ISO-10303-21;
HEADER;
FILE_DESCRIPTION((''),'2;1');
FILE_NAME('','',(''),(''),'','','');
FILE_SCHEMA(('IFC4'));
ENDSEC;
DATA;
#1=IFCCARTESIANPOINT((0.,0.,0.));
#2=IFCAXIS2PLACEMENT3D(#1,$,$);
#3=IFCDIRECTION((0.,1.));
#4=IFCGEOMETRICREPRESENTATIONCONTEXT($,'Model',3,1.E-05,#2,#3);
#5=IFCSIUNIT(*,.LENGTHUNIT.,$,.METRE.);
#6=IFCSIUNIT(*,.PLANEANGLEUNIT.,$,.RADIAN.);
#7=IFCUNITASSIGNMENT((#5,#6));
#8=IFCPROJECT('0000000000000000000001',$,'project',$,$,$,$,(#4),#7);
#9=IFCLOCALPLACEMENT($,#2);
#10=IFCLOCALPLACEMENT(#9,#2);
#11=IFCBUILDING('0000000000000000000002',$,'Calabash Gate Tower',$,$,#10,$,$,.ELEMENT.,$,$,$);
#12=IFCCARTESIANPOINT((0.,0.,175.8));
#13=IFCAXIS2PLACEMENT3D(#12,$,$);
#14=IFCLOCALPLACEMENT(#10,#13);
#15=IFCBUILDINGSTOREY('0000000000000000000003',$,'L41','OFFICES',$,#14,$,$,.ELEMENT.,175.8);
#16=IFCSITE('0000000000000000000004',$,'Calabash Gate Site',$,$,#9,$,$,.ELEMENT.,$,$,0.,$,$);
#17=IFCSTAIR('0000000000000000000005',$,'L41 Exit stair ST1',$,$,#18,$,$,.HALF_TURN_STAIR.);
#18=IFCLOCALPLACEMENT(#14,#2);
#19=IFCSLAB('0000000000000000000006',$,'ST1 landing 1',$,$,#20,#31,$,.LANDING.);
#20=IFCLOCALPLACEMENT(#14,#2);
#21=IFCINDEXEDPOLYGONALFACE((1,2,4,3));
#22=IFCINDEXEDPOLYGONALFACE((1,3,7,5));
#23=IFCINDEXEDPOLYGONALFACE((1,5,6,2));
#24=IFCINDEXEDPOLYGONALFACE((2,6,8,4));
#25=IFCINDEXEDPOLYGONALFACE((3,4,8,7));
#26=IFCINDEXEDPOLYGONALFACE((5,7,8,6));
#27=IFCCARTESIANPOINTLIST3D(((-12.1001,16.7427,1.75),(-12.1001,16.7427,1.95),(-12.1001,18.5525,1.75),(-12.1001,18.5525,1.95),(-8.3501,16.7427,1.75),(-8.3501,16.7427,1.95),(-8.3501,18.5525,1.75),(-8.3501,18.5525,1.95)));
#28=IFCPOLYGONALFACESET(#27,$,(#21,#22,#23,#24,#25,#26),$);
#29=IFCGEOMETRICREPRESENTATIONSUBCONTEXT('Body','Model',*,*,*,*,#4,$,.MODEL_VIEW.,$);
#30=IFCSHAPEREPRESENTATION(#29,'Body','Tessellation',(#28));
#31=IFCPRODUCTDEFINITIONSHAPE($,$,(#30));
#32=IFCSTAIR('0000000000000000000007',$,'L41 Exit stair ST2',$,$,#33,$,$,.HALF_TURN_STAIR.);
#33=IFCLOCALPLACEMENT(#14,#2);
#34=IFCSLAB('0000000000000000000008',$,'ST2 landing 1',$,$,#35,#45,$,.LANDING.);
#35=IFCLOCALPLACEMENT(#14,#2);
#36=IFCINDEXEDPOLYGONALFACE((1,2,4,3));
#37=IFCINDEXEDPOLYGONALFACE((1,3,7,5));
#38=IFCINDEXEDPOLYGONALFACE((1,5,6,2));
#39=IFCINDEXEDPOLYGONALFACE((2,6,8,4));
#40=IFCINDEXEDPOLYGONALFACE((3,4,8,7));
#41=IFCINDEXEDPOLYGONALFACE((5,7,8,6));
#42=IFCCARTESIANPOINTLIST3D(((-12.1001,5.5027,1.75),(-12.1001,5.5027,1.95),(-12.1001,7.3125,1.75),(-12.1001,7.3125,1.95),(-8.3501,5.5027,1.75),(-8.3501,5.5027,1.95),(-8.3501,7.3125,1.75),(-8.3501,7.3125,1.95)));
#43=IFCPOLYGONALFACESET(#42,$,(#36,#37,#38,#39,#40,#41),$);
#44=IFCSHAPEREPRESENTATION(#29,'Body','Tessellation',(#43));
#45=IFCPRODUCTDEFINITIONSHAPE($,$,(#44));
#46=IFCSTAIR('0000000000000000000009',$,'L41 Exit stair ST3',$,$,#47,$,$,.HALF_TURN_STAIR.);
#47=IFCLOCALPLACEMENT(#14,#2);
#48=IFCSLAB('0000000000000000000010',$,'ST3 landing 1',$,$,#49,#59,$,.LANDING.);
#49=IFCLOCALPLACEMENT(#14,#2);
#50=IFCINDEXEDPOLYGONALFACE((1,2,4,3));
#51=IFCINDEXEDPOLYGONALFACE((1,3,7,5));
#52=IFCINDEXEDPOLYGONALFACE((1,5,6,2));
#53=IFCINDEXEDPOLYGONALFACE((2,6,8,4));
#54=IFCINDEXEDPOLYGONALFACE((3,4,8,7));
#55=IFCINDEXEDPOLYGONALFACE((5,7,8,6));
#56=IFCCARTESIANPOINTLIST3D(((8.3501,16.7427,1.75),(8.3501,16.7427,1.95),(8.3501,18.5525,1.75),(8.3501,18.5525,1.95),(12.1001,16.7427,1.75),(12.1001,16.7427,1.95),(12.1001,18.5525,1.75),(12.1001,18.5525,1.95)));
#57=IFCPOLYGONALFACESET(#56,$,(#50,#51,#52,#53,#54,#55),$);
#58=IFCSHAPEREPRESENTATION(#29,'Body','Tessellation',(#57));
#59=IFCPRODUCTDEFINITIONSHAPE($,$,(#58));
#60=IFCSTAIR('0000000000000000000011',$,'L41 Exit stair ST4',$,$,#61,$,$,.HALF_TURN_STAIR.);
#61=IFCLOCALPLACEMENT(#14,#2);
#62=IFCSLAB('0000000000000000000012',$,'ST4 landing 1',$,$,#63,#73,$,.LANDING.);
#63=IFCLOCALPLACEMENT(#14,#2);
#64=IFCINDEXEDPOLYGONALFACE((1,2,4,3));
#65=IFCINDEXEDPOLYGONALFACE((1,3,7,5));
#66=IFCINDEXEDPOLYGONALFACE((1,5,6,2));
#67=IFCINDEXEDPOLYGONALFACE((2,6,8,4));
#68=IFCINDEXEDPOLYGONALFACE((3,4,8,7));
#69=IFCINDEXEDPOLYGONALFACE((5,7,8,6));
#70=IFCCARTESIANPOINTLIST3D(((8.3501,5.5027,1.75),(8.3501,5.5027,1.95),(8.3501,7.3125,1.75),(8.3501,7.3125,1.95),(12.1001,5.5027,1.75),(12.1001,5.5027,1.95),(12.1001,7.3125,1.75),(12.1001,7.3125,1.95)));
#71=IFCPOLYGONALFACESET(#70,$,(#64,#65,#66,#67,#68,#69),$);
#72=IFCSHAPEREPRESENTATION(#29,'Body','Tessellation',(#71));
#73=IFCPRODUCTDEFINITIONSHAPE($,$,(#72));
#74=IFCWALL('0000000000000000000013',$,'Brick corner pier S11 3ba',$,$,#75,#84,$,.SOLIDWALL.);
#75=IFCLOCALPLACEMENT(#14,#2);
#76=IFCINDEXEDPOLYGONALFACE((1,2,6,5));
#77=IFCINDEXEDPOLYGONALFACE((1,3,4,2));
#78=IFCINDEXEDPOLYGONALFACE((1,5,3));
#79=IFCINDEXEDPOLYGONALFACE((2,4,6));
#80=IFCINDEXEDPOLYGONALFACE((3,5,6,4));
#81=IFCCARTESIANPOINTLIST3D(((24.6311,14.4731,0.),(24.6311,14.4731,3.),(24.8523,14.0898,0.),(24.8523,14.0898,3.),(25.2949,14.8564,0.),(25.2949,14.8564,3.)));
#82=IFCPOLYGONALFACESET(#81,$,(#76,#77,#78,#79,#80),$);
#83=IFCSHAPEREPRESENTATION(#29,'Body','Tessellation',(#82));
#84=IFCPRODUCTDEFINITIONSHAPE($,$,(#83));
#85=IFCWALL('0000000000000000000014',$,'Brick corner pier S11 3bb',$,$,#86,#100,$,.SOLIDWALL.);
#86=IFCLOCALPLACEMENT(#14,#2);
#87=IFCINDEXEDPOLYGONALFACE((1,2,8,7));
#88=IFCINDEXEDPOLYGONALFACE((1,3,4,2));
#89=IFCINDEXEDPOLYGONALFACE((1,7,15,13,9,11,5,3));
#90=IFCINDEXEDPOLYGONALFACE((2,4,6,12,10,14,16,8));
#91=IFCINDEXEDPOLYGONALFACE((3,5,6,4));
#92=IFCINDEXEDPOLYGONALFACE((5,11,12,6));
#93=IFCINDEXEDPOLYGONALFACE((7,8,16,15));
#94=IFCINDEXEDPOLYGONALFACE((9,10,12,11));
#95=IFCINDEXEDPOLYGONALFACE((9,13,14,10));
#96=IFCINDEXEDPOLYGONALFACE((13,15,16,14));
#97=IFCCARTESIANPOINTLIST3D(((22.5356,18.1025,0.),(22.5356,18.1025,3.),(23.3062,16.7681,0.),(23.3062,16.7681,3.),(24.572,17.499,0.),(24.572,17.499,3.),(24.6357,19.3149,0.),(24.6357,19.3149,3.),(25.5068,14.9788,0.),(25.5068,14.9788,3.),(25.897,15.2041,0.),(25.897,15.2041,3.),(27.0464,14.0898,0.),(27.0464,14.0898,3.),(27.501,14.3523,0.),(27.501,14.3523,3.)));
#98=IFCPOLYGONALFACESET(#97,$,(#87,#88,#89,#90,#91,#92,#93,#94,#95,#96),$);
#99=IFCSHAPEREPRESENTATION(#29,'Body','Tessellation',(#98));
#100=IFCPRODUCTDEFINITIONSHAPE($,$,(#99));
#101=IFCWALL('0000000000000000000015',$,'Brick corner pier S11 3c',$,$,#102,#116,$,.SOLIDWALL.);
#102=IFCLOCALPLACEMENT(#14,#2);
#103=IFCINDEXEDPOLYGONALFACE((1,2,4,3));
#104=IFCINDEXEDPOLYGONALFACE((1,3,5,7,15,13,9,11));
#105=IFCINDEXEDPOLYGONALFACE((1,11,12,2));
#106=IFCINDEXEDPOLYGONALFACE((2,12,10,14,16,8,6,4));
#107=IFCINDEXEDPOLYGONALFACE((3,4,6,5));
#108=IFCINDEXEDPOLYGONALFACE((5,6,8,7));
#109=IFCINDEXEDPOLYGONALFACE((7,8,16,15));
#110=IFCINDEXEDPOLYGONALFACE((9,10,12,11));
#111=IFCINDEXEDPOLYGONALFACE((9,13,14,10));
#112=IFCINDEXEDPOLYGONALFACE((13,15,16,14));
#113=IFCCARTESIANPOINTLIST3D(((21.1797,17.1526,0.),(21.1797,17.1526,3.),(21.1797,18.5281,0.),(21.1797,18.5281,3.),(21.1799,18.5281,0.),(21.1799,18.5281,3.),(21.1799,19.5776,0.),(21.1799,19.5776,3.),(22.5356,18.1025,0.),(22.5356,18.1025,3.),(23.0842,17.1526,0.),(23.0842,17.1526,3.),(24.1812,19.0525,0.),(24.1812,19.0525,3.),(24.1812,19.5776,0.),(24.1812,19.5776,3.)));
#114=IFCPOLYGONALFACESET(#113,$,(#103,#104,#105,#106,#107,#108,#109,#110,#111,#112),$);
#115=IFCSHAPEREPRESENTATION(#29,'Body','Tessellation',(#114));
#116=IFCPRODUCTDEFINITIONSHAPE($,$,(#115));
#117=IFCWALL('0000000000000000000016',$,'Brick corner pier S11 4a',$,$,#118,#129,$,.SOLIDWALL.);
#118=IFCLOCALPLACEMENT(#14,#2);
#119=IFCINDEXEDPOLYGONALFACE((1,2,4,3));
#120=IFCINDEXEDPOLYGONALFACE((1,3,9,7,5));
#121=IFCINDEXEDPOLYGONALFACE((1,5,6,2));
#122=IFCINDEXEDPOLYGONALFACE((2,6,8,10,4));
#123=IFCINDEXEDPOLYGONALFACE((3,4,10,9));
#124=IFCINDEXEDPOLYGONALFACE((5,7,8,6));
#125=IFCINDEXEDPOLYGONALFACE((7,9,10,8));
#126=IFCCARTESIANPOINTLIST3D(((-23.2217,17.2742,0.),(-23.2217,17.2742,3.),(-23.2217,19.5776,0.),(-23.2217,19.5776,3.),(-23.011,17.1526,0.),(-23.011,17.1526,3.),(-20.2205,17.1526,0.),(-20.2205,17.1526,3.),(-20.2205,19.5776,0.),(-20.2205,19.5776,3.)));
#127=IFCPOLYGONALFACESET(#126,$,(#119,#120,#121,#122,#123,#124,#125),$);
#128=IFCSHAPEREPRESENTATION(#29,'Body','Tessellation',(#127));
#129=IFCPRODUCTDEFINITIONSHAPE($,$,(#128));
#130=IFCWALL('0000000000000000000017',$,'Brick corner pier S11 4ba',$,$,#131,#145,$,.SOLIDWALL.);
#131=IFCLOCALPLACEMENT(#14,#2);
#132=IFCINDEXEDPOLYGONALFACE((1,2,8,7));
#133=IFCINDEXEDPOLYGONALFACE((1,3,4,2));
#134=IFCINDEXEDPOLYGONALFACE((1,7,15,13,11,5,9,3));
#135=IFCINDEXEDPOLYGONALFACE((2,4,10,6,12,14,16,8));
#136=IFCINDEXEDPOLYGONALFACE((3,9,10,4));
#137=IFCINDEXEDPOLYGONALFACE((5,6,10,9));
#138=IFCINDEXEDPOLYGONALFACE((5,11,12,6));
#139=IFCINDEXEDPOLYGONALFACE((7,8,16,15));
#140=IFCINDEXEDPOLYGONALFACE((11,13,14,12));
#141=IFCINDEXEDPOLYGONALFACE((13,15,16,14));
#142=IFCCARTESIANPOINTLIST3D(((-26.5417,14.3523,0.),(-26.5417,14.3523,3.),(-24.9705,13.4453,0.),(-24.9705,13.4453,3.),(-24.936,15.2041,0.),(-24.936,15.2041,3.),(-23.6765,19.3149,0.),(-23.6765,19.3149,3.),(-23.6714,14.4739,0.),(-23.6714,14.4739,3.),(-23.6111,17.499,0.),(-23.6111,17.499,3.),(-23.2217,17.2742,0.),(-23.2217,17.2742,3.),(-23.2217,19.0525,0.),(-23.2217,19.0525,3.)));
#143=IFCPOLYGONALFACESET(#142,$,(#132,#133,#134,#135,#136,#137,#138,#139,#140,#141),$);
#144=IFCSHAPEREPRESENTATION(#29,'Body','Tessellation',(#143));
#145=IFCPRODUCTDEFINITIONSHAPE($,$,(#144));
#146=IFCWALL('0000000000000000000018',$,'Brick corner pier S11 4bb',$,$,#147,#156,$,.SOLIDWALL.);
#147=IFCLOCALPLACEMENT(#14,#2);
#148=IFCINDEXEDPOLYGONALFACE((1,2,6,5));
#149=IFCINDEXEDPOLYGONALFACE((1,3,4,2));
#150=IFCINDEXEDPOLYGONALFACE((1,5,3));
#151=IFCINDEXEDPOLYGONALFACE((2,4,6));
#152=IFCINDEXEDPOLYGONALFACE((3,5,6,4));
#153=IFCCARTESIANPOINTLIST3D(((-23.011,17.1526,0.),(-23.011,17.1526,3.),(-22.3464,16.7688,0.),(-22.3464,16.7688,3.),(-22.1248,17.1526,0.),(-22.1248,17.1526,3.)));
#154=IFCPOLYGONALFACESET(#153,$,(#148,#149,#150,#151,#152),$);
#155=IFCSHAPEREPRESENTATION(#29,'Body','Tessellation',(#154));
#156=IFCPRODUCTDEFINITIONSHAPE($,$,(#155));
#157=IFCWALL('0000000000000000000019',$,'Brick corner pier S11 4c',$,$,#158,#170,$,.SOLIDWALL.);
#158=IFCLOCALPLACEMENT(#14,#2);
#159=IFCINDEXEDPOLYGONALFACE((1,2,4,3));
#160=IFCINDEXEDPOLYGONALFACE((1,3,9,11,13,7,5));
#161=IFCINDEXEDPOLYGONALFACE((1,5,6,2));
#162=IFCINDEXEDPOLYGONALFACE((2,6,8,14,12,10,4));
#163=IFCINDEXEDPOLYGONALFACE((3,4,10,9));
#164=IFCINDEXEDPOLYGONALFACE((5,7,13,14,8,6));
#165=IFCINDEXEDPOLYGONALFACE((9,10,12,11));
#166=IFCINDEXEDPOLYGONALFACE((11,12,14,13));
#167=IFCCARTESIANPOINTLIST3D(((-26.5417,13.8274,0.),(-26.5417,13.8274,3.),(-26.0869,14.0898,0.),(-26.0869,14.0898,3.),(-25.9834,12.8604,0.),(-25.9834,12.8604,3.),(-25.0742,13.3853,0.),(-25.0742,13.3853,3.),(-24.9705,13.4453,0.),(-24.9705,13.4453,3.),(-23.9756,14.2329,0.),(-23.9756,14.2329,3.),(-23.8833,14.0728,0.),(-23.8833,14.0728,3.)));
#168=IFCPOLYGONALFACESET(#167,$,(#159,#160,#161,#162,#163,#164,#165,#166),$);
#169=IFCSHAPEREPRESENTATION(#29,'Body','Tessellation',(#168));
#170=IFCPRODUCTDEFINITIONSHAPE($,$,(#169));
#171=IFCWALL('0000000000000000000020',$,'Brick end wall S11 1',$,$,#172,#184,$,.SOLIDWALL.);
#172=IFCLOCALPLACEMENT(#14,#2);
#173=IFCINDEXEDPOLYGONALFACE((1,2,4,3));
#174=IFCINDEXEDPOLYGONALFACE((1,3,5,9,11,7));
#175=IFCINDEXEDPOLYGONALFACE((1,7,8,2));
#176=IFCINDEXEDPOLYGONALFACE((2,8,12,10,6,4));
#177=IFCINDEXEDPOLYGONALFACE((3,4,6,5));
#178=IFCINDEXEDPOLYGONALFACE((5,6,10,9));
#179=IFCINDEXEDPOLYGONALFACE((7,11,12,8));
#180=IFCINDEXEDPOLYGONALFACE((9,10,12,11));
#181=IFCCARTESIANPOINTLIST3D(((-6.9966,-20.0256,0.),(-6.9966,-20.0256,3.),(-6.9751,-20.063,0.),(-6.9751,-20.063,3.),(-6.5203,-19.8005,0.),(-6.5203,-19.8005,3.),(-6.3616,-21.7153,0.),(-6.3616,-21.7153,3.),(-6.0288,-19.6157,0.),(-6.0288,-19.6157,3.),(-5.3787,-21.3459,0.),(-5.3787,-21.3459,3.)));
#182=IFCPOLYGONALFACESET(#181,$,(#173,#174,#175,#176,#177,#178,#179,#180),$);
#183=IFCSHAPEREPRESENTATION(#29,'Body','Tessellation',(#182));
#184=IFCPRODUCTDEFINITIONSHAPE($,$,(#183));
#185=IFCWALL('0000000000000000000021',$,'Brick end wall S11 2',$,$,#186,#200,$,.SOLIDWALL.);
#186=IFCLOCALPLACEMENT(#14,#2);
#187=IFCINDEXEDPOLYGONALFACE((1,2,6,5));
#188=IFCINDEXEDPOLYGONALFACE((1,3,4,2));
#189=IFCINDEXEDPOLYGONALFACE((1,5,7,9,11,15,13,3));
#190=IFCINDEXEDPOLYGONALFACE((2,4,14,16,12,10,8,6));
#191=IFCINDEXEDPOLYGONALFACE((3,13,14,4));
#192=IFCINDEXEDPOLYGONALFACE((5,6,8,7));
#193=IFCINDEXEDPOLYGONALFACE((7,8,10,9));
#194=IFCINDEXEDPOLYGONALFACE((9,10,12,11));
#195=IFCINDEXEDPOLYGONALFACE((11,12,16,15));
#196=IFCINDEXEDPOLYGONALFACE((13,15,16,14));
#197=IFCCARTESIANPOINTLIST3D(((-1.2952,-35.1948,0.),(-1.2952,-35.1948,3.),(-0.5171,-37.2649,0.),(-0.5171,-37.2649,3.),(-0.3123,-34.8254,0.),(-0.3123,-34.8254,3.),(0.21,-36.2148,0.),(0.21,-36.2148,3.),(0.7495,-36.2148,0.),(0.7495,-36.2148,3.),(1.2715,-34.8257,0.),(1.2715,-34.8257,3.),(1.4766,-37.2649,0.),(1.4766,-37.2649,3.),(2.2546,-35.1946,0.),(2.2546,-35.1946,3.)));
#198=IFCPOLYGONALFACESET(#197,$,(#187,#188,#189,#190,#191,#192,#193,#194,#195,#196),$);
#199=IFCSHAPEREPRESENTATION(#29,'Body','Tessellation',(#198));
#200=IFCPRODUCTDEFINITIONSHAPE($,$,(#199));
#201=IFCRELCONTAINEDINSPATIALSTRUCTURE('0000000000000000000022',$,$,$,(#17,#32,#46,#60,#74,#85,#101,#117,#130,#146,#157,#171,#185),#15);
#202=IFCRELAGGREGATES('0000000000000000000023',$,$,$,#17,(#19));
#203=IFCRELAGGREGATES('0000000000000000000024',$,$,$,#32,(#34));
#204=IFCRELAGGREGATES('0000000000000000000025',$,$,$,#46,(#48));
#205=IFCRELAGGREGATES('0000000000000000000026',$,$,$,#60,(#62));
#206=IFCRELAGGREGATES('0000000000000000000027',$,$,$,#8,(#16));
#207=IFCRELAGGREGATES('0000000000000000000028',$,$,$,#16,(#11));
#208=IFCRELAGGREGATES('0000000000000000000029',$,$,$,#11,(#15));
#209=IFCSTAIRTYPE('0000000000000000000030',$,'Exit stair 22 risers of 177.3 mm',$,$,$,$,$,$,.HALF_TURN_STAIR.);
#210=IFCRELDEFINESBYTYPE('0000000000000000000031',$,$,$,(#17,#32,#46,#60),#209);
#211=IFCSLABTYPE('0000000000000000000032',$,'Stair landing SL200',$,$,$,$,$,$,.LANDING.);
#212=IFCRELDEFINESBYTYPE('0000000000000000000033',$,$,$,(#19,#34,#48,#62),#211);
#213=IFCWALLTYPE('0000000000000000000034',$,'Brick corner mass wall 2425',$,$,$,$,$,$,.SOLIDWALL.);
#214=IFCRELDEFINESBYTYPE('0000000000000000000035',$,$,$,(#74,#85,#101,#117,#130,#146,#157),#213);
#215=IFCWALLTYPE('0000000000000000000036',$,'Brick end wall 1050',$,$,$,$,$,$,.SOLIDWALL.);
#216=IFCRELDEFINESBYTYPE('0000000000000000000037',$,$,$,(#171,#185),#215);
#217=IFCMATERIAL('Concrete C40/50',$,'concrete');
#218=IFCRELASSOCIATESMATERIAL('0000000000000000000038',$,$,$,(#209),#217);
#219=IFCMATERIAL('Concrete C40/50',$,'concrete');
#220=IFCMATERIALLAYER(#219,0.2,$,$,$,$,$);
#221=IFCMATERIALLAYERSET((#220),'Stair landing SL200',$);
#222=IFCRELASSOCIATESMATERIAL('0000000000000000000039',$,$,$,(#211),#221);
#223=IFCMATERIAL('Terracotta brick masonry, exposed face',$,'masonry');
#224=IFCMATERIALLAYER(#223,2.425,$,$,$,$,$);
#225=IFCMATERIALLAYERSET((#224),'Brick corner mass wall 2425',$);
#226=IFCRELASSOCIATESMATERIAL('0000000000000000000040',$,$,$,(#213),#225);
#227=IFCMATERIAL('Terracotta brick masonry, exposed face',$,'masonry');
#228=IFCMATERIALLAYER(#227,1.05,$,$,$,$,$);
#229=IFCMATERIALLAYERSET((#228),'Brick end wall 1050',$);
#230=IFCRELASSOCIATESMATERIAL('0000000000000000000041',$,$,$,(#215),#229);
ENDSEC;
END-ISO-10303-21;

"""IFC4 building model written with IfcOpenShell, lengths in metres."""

from ifc_helpers import new_model, si_unit, direction, frame, origin, place, context, subcontext, project, spatial, polyline, outline, extrude, material, layer, layer_set, type_object, element, aggregate, save


model = new_model("IFC4")

# Units and contexts
model_context = context("Model", 3, precision=1e-05, world=origin(), true_north=direction((0.0, 1.0)))
body_context = subcontext(model_context, "Body", "Model", "MODEL_VIEW")
ifc_project = project(units=[si_unit("LENGTHUNIT", "METRE"), si_unit("PLANEANGLEUNIT", "RADIAN")], contexts=[model_context])

# Site, building, storey
site_placement = place(None, origin())
site = spatial("IfcSite", under=ifc_project, at=site_placement, Name="Calabash Gate Site", CompositionType="ELEMENT", RefElevation=0.0)
building_placement = place(site_placement, origin())
building = spatial("IfcBuilding", under=site, at=building_placement, Name="Calabash Gate Tower", CompositionType="ELEMENT")
storey_placement = place(building_placement, frame((0.0, 0.0, 175.8)))
storey = spatial("IfcBuildingStorey", under=building, at=storey_placement, Name="L41", Description="OFFICES", CompositionType="ELEMENT", Elevation=175.8)

# Stairs, slabs
ifc_material_1 = material(Name="Concrete C40/50", Category="concrete")
stair_type = type_object("IfcStairType", Name="Exit stair 22 risers of 177.3 mm", PredefinedType="HALF_TURN_STAIR", material=ifc_material_1)
stair_1_placement = place(storey_placement, origin())
stair_1 = element("IfcStair", 1, at=stair_1_placement, inside=storey, type_object=stair_type, Name="L41 Exit stair ST1", PredefinedType="HALF_TURN_STAIR")
ifc_material_2 = material(Name="Concrete C40/50", Category="concrete")
ifc_layer_1 = layer(ifc_material_2, 0.2)
ifc_layer_set_1 = layer_set([ifc_layer_1], Name="Stair landing SL200")
slab_type = type_object("IfcSlabType", Name="Stair landing SL200", PredefinedType="LANDING", material=ifc_layer_set_1)
slab_1_placement = place(storey_placement, frame((0.0, 0.0, 1.75)))
slab_1 = element("IfcSlab", 2, at=slab_1_placement, type_object=slab_type, Name="ST1 landing 1", PredefinedType="LANDING", context=body_context, shape_type="SweptSolid", body=[
    extrude(outline(polyline([(-8.3501, 16.7427), (-8.3501, 18.5525), (-12.1001, 18.5525), (-12.1001, 16.7427), (-8.3501, 16.7427)])), origin(), (0.0, 0.0, 1.0), 0.2),
])
aggregate(stair_1, [slab_1])
stair_2_placement = place(storey_placement, origin())
stair_2 = element("IfcStair", 3, at=stair_2_placement, inside=storey, type_object=stair_type, Name="L41 Exit stair ST2", PredefinedType="HALF_TURN_STAIR")
slab_2_placement = place(storey_placement, frame((0.0, 0.0, 1.75)))
slab_2 = element("IfcSlab", 4, at=slab_2_placement, type_object=slab_type, Name="ST2 landing 1", PredefinedType="LANDING", context=body_context, shape_type="SweptSolid", body=[
    extrude(outline(polyline([(-12.1001, 7.3125), (-12.1001, 5.5027), (-8.3501, 5.5027), (-8.3501, 7.3125), (-12.1001, 7.3125)])), origin(), (0.0, 0.0, 1.0), 0.2),
])
aggregate(stair_2, [slab_2])
stair_3_placement = place(storey_placement, origin())
stair_3 = element("IfcStair", 5, at=stair_3_placement, inside=storey, type_object=stair_type, Name="L41 Exit stair ST3", PredefinedType="HALF_TURN_STAIR")
slab_3_placement = place(storey_placement, frame((0.0, 0.0, 1.75)))
slab_3 = element("IfcSlab", 6, at=slab_3_placement, type_object=slab_type, Name="ST3 landing 1", PredefinedType="LANDING", context=body_context, shape_type="SweptSolid", body=[
    extrude(outline(polyline([(12.1001, 16.7427), (12.1001, 18.5525), (8.3501, 18.5525), (8.3501, 16.7427), (12.1001, 16.7427)])), origin(), (0.0, 0.0, 1.0), 0.2),
])
aggregate(stair_3, [slab_3])
stair_4_placement = place(storey_placement, origin())
stair_4 = element("IfcStair", 7, at=stair_4_placement, inside=storey, type_object=stair_type, Name="L41 Exit stair ST4", PredefinedType="HALF_TURN_STAIR")
slab_4_placement = place(storey_placement, frame((0.0, 0.0, 1.75)))
slab_4 = element("IfcSlab", 8, at=slab_4_placement, type_object=slab_type, Name="ST4 landing 1", PredefinedType="LANDING", context=body_context, shape_type="SweptSolid", body=[
    extrude(outline(polyline([(8.3501, 7.3125), (8.3501, 5.5027), (12.1001, 5.5027), (12.1001, 7.3125), (8.3501, 7.3125)])), origin(), (0.0, 0.0, 1.0), 0.2),
])
aggregate(stair_4, [slab_4])

# Walls
ifc_material_3 = material(Name="Terracotta brick masonry, exposed face", Category="masonry")
ifc_layer_2 = layer(ifc_material_3, 2.425)
ifc_layer_set_2 = layer_set([ifc_layer_2], Name="Brick corner mass wall 2425")
wall_type_1 = type_object("IfcWallType", Name="Brick corner mass wall 2425", PredefinedType="SOLIDWALL", material=ifc_layer_set_2)
wall_1_placement = place(storey_placement, origin())
element("IfcWall", 9, at=wall_1_placement, inside=storey, type_object=wall_type_1, Name="Brick corner pier S11 3ba", PredefinedType="SOLIDWALL", context=body_context, shape_type="SweptSolid", body=[
    extrude(outline(polyline([(24.8523, 14.0898), (25.2949, 14.8564), (24.6311, 14.4731), (24.8523, 14.0898)])), origin(), (0.0, 0.0, 1.0), 3.0),
])
wall_2_placement = place(storey_placement, origin())
element("IfcWall", 10, at=wall_2_placement, inside=storey, type_object=wall_type_1, Name="Brick corner pier S11 3bb", PredefinedType="SOLIDWALL", context=body_context, shape_type="SweptSolid", body=[
    extrude(outline(polyline([(24.572, 17.499), (25.897, 15.2041), (25.344, 14.8848), (25.5068, 14.9788), (27.0464, 14.0898), (27.501, 14.3523), (24.6357, 19.3149), (22.5356, 18.1025), (23.3062, 16.7681), (24.572, 17.499)])), origin(), (0.0, 0.0, 1.0), 3.0),
])
wall_3_placement = place(storey_placement, origin())
element("IfcWall", 11, at=wall_3_placement, inside=storey, type_object=wall_type_1, Name="Brick corner pier S11 3c", PredefinedType="SOLIDWALL", context=body_context, shape_type="SweptSolid", body=[
    extrude(outline(polyline([(21.1797, 18.5281), (21.1797, 17.1526), (23.0842, 17.1526), (22.5356, 18.1025), (24.1812, 19.0525), (24.1812, 19.5776), (21.1799, 19.5776), (21.1799, 18.5281), (21.1797, 18.5281)])), origin(), (0.0, 0.0, 1.0), 3.0),
])
wall_4_placement = place(storey_placement, origin())
element("IfcWall", 12, at=wall_4_placement, inside=storey, type_object=wall_type_1, Name="Brick corner pier S11 4a", PredefinedType="SOLIDWALL", context=body_context, shape_type="SweptSolid", body=[
    extrude(outline(polyline([(-23.011, 17.1526), (-20.2205, 17.1526), (-20.2205, 19.5776), (-23.2217, 19.5776), (-23.2217, 17.2742), (-23.011, 17.1526)])), origin(), (0.0, 0.0, 1.0), 3.0),
])
wall_5_placement = place(storey_placement, origin())
element("IfcWall", 13, at=wall_5_placement, inside=storey, type_object=wall_type_1, Name="Brick corner pier S11 4ba", PredefinedType="SOLIDWALL", context=body_context, shape_type="SweptSolid", body=[
    extrude(outline(polyline([(-23.6714, 14.4739), (-24.936, 15.2041), (-23.6111, 17.499), (-23.2217, 17.2742), (-23.2217, 19.0525), (-23.6765, 19.3149), (-26.5417, 14.3523), (-24.9705, 13.4453), (-23.6714, 14.4739)])), origin(), (0.0, 0.0, 1.0), 3.0),
])
wall_6_placement = place(storey_placement, origin())
element("IfcWall", 14, at=wall_6_placement, inside=storey, type_object=wall_type_1, Name="Brick corner pier S11 4bb", PredefinedType="SOLIDWALL", context=body_context, shape_type="SweptSolid", body=[
    extrude(outline(polyline([(-22.1248, 17.1526), (-23.011, 17.1526), (-22.3464, 16.7688), (-22.1248, 17.1526)])), origin(), (0.0, 0.0, 1.0), 3.0),
])
wall_7_placement = place(storey_placement, origin())
element("IfcWall", 15, at=wall_7_placement, inside=storey, type_object=wall_type_1, Name="Brick corner pier S11 4c", PredefinedType="SOLIDWALL", context=body_context, shape_type="SweptSolid", body=[
    extrude(outline(polyline([(-23.9756, 14.2329), (-24.9705, 13.4453), (-26.0869, 14.0898), (-26.5417, 13.8274), (-25.9834, 12.8604), (-25.0742, 13.3853), (-25.0742, 13.3853), (-23.8833, 14.0728), (-23.9756, 14.2329)])), origin(), (0.0, 0.0, 1.0), 3.0),
])
ifc_material_4 = material(Name="Terracotta brick masonry, exposed face", Category="masonry")
ifc_layer_3 = layer(ifc_material_4, 1.05)
ifc_layer_set_3 = layer_set([ifc_layer_3], Name="Brick end wall 1050")
wall_type_2 = type_object("IfcWallType", Name="Brick end wall 1050", PredefinedType="SOLIDWALL", material=ifc_layer_set_3)
wall_8_placement = place(storey_placement, origin())
element("IfcWall", 16, at=wall_8_placement, inside=storey, type_object=wall_type_2, Name="Brick end wall S11 1", PredefinedType="SOLIDWALL", context=body_context, shape_type="SweptSolid", body=[
    extrude(outline(polyline([(-5.3787, -21.3459), (-6.0288, -19.6157), (-6.5203, -19.8005), (-6.9751, -20.063), (-6.9966, -20.0256), (-6.3616, -21.7153), (-5.3787, -21.3459)])), origin(), (0.0, 0.0, 1.0), 3.0),
])
wall_9_placement = place(storey_placement, origin())
element("IfcWall", 17, at=wall_9_placement, inside=storey, type_object=wall_type_2, Name="Brick end wall S11 2", PredefinedType="SOLIDWALL", context=body_context, shape_type="SweptSolid", body=[
    extrude(outline(polyline([(-1.2952, -35.1948), (-0.5171, -37.2649), (1.4766, -37.2649), (2.2546, -35.1946), (1.2715, -34.8257), (0.7495, -36.2148), (0.21, -36.2148), (-0.3123, -34.8254), (-1.2952, -35.1948)])), origin(), (0.0, 0.0, 1.0), 3.0),
])

save(model, "model.ifc")
